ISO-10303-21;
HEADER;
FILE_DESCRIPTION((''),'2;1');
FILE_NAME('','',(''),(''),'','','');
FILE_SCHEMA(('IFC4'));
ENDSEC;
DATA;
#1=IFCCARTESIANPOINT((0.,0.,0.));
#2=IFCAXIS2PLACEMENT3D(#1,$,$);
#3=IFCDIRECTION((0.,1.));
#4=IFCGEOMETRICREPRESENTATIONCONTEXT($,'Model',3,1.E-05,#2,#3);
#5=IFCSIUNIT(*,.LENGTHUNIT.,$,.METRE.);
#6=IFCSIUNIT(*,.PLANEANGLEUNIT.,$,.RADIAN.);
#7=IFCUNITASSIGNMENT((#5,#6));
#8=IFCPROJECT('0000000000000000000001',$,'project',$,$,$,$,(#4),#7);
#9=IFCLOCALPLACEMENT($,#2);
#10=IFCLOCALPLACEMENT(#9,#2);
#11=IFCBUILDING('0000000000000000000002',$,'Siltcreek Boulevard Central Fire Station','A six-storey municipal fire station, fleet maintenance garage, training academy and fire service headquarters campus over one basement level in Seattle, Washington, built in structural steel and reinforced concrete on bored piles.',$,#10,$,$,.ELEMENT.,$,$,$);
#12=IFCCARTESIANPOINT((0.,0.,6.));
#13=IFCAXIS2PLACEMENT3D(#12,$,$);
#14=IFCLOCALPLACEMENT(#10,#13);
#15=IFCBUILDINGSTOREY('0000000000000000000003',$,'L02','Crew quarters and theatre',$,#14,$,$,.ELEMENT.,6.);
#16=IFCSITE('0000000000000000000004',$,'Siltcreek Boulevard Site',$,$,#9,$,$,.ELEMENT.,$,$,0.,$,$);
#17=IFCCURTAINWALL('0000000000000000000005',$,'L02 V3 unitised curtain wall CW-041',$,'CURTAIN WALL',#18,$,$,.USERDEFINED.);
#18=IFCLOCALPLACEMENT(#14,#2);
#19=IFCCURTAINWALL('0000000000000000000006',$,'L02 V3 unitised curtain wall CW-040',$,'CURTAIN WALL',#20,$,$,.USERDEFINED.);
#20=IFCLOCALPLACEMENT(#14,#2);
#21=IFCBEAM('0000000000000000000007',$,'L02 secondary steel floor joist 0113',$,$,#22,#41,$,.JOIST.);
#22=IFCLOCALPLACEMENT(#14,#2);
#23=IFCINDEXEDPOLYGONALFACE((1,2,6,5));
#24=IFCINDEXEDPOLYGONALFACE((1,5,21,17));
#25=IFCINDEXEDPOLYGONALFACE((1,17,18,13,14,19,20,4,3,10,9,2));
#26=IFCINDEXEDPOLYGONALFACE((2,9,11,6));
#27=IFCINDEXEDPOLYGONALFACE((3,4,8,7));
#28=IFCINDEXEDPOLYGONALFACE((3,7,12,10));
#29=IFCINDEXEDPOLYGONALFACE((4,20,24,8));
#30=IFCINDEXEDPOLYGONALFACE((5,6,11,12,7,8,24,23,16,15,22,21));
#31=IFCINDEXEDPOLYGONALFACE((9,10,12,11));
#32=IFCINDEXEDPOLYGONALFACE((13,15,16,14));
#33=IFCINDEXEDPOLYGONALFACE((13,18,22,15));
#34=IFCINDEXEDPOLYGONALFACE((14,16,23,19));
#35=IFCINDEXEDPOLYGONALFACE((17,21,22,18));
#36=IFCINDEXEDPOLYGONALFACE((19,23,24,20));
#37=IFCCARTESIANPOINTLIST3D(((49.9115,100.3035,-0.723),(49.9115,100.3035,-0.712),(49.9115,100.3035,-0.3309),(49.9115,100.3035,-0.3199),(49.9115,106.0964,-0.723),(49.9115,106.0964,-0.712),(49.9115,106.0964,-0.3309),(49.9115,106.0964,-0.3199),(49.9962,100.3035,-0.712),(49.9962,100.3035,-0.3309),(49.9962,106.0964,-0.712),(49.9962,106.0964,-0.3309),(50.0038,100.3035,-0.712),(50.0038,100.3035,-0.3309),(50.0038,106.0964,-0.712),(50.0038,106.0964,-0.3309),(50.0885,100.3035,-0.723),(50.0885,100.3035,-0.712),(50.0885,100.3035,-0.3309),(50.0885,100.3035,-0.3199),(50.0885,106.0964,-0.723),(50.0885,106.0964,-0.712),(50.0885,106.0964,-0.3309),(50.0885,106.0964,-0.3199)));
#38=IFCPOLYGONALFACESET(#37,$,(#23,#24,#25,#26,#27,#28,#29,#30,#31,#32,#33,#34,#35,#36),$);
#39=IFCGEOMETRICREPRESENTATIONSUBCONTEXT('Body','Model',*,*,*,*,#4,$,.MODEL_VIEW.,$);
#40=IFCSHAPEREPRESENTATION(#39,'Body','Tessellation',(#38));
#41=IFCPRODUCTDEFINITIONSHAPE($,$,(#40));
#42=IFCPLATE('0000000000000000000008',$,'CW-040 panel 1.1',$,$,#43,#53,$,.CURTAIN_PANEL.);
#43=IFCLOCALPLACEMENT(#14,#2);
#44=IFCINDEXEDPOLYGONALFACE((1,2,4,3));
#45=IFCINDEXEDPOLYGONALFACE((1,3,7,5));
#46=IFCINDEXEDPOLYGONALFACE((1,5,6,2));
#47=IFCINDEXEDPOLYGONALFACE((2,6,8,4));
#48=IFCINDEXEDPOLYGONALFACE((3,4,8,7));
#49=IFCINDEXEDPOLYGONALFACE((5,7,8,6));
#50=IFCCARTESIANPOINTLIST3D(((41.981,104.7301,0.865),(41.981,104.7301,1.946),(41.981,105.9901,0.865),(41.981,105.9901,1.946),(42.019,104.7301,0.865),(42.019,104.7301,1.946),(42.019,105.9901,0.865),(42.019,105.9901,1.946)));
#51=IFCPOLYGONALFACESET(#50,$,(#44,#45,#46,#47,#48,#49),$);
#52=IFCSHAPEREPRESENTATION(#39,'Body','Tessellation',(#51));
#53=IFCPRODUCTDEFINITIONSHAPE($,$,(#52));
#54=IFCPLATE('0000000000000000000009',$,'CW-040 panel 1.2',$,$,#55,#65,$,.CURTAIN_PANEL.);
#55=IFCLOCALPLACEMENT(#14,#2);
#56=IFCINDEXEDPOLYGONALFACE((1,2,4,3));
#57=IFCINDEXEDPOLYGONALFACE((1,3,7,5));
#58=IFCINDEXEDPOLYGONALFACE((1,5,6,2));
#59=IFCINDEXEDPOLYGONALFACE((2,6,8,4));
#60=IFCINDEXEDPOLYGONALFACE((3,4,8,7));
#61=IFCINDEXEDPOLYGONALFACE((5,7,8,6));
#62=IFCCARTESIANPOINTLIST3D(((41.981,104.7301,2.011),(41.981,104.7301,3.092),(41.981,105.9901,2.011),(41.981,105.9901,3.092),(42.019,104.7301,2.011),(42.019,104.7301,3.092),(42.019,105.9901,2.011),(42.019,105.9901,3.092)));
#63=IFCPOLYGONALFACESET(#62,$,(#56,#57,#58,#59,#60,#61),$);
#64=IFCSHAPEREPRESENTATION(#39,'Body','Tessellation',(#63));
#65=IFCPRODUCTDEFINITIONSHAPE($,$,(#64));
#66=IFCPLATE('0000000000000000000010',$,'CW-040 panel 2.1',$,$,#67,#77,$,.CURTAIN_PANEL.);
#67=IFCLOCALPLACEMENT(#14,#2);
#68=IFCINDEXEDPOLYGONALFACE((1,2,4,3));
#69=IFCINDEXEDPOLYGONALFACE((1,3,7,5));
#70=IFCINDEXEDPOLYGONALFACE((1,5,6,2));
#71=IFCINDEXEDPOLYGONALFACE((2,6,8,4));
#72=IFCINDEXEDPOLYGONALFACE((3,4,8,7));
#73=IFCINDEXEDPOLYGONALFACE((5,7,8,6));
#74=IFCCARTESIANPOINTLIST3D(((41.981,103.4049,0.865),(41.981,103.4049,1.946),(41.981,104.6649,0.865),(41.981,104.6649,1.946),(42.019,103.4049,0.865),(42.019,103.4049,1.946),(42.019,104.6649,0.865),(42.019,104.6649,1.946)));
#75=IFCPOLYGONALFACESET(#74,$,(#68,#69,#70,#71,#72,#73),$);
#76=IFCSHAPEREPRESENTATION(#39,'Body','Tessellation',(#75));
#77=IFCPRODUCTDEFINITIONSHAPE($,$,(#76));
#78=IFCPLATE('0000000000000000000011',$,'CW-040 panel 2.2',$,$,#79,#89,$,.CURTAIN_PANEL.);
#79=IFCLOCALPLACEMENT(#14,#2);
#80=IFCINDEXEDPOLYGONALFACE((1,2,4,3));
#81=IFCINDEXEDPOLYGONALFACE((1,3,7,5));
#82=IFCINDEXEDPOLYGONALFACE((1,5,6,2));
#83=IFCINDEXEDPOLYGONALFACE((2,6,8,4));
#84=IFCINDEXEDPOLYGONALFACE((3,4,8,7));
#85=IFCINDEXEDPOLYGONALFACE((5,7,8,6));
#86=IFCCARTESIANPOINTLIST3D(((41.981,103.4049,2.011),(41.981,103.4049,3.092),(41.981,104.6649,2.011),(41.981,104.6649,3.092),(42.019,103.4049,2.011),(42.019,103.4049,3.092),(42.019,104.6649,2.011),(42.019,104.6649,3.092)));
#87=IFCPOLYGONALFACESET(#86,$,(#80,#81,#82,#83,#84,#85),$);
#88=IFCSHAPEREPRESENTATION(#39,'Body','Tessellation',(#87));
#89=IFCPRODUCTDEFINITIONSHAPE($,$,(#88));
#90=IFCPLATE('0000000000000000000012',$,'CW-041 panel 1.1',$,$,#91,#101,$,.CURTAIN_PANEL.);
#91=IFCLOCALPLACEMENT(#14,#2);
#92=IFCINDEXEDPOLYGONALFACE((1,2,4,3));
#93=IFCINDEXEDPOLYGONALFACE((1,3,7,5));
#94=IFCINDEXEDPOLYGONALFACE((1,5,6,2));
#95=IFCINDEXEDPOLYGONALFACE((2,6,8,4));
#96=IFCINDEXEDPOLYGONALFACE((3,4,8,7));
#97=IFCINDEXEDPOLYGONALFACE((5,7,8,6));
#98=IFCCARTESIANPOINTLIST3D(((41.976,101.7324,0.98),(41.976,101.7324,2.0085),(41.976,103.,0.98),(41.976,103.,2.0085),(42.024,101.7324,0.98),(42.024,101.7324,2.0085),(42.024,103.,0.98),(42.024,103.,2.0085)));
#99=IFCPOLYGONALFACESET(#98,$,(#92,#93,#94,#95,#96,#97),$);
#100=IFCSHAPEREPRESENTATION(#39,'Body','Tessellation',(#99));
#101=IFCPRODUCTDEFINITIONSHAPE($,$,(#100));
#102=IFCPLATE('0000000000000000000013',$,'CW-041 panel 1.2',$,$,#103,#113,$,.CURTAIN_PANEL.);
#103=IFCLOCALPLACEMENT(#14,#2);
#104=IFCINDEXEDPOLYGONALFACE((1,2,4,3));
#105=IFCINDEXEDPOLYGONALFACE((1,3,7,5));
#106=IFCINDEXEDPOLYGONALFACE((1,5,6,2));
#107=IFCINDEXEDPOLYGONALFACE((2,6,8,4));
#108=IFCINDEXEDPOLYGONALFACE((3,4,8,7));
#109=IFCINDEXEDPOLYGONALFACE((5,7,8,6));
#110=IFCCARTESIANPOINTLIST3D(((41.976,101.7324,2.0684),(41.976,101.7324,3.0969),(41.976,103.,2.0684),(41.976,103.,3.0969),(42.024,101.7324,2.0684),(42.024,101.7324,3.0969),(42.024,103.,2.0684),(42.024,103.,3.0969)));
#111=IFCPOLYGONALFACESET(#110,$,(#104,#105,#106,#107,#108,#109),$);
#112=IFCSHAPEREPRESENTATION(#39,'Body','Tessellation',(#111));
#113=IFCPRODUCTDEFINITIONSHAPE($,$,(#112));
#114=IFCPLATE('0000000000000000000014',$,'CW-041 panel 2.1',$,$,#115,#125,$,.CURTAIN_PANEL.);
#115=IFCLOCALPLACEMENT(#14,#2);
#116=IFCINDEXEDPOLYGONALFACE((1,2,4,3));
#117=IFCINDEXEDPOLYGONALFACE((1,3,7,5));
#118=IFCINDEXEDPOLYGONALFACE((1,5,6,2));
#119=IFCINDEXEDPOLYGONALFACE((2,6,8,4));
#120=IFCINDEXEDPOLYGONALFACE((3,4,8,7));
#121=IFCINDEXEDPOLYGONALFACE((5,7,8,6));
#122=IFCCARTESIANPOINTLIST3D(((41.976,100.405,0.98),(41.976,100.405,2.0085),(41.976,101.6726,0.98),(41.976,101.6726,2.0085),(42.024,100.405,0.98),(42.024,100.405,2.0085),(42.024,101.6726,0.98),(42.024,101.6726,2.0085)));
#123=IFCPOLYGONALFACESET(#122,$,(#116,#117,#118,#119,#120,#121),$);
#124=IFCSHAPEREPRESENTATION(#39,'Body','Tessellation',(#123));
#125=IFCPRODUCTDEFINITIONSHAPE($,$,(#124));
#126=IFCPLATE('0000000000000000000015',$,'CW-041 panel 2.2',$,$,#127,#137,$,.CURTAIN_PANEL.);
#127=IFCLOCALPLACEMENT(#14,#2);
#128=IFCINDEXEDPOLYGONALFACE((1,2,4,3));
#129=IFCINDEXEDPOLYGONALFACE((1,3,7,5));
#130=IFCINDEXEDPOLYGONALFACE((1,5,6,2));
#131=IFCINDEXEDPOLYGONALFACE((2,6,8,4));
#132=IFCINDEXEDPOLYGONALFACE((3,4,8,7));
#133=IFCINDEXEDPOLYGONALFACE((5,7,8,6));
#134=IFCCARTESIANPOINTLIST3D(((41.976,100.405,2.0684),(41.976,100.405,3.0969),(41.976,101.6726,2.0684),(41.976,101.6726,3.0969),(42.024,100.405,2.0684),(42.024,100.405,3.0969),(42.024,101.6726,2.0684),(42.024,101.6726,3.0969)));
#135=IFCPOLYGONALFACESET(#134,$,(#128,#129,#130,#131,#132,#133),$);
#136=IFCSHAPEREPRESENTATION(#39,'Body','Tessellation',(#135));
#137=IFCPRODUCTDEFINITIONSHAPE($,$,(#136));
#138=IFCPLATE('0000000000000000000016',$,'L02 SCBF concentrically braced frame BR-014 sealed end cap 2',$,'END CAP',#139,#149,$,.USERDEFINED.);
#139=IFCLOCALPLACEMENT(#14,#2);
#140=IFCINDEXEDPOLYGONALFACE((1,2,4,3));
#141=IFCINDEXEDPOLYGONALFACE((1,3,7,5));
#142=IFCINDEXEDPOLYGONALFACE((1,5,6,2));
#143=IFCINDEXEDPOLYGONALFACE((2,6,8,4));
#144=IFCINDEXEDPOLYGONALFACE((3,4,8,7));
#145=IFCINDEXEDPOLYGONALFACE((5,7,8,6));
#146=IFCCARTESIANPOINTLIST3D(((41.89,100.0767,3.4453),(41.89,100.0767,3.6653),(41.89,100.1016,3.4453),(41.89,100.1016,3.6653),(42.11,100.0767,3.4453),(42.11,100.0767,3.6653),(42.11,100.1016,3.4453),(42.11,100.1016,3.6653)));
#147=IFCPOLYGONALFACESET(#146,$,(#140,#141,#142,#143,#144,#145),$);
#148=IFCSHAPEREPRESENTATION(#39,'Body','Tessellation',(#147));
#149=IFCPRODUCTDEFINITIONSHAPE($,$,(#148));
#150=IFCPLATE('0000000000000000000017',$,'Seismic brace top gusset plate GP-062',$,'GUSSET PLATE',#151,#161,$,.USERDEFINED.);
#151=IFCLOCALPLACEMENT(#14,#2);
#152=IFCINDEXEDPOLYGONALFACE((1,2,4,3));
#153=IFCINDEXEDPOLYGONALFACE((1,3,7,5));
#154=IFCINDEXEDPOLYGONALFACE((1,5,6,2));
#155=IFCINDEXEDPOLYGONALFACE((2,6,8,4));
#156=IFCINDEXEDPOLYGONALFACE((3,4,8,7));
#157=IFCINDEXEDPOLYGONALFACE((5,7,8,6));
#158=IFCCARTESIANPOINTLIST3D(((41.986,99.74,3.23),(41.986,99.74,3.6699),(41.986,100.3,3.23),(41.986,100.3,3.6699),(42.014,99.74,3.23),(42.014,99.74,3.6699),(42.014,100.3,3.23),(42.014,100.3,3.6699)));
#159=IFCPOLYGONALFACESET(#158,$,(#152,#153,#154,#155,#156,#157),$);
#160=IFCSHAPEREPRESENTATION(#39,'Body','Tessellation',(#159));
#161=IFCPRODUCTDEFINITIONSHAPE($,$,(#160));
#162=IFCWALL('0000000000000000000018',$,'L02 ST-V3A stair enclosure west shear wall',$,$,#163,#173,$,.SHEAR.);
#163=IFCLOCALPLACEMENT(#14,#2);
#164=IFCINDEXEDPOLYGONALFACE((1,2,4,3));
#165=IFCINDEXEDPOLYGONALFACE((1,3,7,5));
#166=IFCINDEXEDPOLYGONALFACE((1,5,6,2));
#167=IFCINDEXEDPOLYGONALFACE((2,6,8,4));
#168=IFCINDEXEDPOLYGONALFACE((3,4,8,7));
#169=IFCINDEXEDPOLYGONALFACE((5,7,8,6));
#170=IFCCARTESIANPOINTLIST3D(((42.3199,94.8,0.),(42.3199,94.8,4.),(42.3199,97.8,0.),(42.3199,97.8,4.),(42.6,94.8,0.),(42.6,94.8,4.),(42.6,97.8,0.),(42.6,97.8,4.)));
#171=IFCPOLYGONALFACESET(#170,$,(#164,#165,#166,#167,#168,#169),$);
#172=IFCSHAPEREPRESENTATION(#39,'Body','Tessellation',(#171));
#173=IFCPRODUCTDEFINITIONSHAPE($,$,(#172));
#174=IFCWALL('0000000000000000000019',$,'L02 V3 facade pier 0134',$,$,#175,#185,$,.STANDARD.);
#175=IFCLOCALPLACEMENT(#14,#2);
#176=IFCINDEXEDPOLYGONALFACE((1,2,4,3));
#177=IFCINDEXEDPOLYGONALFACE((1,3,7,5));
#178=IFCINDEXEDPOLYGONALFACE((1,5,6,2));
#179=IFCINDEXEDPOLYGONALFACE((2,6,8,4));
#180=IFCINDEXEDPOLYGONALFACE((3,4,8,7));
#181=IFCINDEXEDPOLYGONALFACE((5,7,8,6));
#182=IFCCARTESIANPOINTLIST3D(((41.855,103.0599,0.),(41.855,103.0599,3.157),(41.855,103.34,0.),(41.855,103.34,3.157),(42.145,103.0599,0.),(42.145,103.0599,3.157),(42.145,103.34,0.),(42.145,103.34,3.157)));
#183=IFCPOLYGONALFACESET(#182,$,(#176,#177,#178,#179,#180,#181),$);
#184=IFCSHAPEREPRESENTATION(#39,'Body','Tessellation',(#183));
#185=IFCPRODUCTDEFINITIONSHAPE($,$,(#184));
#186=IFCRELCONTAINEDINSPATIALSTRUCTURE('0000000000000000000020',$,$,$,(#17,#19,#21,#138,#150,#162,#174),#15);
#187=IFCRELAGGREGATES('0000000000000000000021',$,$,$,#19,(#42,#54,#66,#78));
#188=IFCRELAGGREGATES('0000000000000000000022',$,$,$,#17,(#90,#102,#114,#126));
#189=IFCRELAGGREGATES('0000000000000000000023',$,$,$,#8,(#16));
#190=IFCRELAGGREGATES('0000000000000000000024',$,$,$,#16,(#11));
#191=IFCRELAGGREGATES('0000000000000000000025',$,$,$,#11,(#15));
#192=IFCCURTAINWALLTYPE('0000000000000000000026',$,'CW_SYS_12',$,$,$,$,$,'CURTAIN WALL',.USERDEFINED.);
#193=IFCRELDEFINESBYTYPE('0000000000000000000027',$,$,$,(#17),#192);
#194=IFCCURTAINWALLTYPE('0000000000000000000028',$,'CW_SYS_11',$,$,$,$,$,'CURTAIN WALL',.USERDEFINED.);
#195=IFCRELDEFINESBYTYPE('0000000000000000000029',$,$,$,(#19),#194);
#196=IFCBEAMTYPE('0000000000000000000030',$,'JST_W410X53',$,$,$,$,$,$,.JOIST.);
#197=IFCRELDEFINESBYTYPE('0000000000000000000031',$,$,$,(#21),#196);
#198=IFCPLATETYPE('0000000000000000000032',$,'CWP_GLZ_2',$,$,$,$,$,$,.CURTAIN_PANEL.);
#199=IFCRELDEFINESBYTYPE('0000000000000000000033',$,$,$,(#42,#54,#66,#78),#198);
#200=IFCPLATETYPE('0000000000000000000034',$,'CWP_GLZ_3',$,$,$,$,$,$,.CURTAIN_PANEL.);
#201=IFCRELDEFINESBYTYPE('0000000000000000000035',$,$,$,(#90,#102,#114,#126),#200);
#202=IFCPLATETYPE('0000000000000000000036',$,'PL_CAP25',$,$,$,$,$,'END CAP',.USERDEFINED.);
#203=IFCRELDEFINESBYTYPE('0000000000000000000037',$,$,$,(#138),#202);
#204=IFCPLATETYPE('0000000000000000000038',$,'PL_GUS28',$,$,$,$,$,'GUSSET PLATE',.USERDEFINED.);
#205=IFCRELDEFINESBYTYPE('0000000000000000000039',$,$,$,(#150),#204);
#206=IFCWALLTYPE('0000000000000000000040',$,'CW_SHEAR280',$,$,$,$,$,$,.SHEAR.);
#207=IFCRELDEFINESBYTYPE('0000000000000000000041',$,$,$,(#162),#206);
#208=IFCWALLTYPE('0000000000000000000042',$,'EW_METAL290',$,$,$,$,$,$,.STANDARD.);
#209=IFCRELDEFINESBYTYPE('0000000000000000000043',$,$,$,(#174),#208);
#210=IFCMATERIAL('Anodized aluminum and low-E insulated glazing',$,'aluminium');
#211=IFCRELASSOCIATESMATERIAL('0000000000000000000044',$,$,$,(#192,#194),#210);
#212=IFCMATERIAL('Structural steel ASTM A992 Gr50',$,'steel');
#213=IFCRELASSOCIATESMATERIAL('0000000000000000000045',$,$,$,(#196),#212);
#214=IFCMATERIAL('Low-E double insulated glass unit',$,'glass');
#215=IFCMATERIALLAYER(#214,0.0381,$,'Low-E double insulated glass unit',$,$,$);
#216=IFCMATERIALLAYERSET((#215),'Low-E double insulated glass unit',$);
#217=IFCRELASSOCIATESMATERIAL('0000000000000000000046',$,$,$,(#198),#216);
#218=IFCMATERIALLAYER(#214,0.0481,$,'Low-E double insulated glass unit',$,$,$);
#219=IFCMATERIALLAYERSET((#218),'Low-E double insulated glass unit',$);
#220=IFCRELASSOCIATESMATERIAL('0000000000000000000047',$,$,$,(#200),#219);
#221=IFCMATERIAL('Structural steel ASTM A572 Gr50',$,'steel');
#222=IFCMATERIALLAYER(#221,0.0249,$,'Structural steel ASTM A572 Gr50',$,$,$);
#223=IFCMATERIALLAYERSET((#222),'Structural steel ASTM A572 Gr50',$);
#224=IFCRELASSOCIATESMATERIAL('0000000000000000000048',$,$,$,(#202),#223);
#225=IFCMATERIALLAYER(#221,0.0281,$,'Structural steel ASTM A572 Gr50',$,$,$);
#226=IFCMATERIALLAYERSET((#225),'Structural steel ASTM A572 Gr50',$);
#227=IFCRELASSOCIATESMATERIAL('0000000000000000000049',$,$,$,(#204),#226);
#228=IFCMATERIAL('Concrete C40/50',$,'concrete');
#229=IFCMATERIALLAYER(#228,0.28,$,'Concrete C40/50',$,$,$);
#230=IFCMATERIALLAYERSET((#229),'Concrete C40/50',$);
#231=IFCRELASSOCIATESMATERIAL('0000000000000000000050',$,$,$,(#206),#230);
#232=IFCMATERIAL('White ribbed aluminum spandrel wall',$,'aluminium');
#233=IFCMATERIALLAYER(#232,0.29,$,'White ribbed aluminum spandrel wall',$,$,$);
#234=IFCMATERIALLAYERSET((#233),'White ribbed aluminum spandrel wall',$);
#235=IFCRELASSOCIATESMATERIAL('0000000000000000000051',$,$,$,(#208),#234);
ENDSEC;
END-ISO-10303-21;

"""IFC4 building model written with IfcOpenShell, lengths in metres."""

from ifc_helpers import new_model, si_unit, direction, frame, frame_2d, origin, origin_2d, place, context, subcontext, project, spatial, rectangle, i_section, extrude, material, layer, layer_set, material_profile, profile_set, type_object, element, aggregate, save


model = new_model("IFC4")

# Units and contexts
model_context = context("Model", 3, precision=1e-05, world=origin(), true_north=direction((0.0, 1.0)))
body_context = subcontext(model_context, "Body", "Model", "MODEL_VIEW")
ifc_project = project(units=[si_unit("LENGTHUNIT", "METRE"), si_unit("PLANEANGLEUNIT", "RADIAN")], contexts=[model_context])

# Site, building, storey
site_placement = place(None, origin())
site = spatial("IfcSite", under=ifc_project, at=site_placement, Name="Siltcreek Boulevard Site", CompositionType="ELEMENT", RefElevation=0.0)
building_placement = place(site_placement, origin())
building = spatial("IfcBuilding", under=site, at=building_placement, Name="Siltcreek Boulevard Central Fire Station", Description="A six-storey municipal fire station, fleet maintenance garage, training academy and fire service headquarters campus over one basement level in Seattle, Washington, built in structural steel and reinforced concrete on bored piles.", CompositionType="ELEMENT")
storey_placement = place(building_placement, frame((0.0, 0.0, 6.0)))
storey = spatial("IfcBuildingStorey", under=building, at=storey_placement, Name="L02", Description="Crew quarters and theatre", CompositionType="ELEMENT", Elevation=6.0)

# Shared definitions
ifc_material_1 = material(Name="Structural steel ASTM A992 Gr50", Category="steel")

# Curtain walls
ifc_material_2 = material(Name="Anodized aluminum and low-E insulated glazing", Category="aluminium")
curtain_wall_type_1 = type_object("IfcCurtainWallType", Name="CW_SYS_12", ElementType="CURTAIN WALL", PredefinedType="USERDEFINED", material=ifc_material_2)
curtain_wall_1_placement = place(storey_placement, origin())
curtain_wall_1 = element("IfcCurtainWall", 1, at=curtain_wall_1_placement, inside=storey, type_object=curtain_wall_type_1, Name="L02 V3 unitised curtain wall CW-041", ObjectType="CURTAIN WALL", PredefinedType="USERDEFINED")
curtain_wall_type_2 = type_object("IfcCurtainWallType", Name="CW_SYS_11", ElementType="CURTAIN WALL", PredefinedType="USERDEFINED", material=ifc_material_2)
curtain_wall_2_placement = place(storey_placement, origin())
curtain_wall_2 = element("IfcCurtainWall", 2, at=curtain_wall_2_placement, inside=storey, type_object=curtain_wall_type_2, Name="L02 V3 unitised curtain wall CW-040", ObjectType="CURTAIN WALL", PredefinedType="USERDEFINED")

# Beam
ifc_material_profile_1 = material_profile(ifc_material_1, i_section(OverallWidth=0.177, OverallDepth=0.4031, WebThickness=0.0076, FlangeThickness=0.011, at=origin_2d()), Name="W410X53")
ifc_profile_set_1 = profile_set([ifc_material_profile_1], Name="Structural steel ASTM A992 Gr50")
beam_type_1 = type_object("IfcBeamType", Name="JST_W410X53", PredefinedType="JOIST", material=ifc_profile_set_1)
beam_1_placement = place(storey_placement, frame((50.0, 100.3035, -0.5215), z_axis=(0.0, 1.0, 0.0), x_axis=(-1.0, 0.0, 0.0)))
element("IfcBeam", 3, at=beam_1_placement, inside=storey, type_object=beam_type_1, Name="L02 secondary steel floor joist 0113", PredefinedType="JOIST", context=body_context, shape_type="SweptSolid", body=[
    extrude(i_section(OverallWidth=0.177, OverallDepth=0.4031, WebThickness=0.0076, FlangeThickness=0.011, at=origin_2d()), origin(), (0.0, 0.0, 1.0), 5.793),
])

# Plates
ifc_material_3 = material(Name="Low-E double insulated glass unit", Category="glass")
ifc_layer_1 = layer(ifc_material_3, 0.0381, Name="Low-E double insulated glass unit")
ifc_layer_set_1 = layer_set([ifc_layer_1], Name="Low-E double insulated glass unit")
plate_type_1 = type_object("IfcPlateType", Name="CWP_GLZ_2", PredefinedType="CURTAIN_PANEL", material=ifc_layer_set_1)
plate_1_placement = place(storey_placement, frame((42.0, 105.3601, 0.865), z_axis=(0.0, 0.0, 1.0), x_axis=(0.0, -1.0, 0.0)))
plate_1 = element("IfcPlate", 4, at=plate_1_placement, type_object=plate_type_1, Name="CW-040 panel 1.1", PredefinedType="CURTAIN_PANEL", context=body_context, shape_type="SweptSolid", body=[
    extrude(rectangle(XDim=1.26, YDim=0.0381, at=origin_2d()), origin(), (0.0, 0.0, 1.0), 1.0811),
])
plate_2_placement = place(storey_placement, frame((42.0, 105.3601, 2.011), z_axis=(0.0, 0.0, 1.0), x_axis=(0.0, -1.0, 0.0)))
plate_2 = element("IfcPlate", 5, at=plate_2_placement, type_object=plate_type_1, Name="CW-040 panel 1.2", PredefinedType="CURTAIN_PANEL", context=body_context, shape_type="SweptSolid", body=[
    extrude(rectangle(XDim=1.26, YDim=0.0381, at=origin_2d()), origin(), (0.0, 0.0, 1.0), 1.0811),
])
plate_3_placement = place(storey_placement, frame((42.0, 104.0349, 0.865), z_axis=(0.0, 0.0, 1.0), x_axis=(0.0, -1.0, 0.0)))
plate_3 = element("IfcPlate", 6, at=plate_3_placement, type_object=plate_type_1, Name="CW-040 panel 2.1", PredefinedType="CURTAIN_PANEL", context=body_context, shape_type="SweptSolid", body=[
    extrude(rectangle(XDim=1.26, YDim=0.0381, at=origin_2d()), origin(), (0.0, 0.0, 1.0), 1.0811),
])
plate_4_placement = place(storey_placement, frame((42.0, 104.0349, 2.011), z_axis=(0.0, 0.0, 1.0), x_axis=(0.0, -1.0, 0.0)))
plate_4 = element("IfcPlate", 7, at=plate_4_placement, type_object=plate_type_1, Name="CW-040 panel 2.2", PredefinedType="CURTAIN_PANEL", context=body_context, shape_type="SweptSolid", body=[
    extrude(rectangle(XDim=1.26, YDim=0.0381, at=origin_2d()), origin(), (0.0, 0.0, 1.0), 1.0811),
])
aggregate(curtain_wall_2, [plate_1, plate_2, plate_3, plate_4])
ifc_layer_2 = layer(ifc_material_3, 0.0481, Name="Low-E double insulated glass unit")
ifc_layer_set_2 = layer_set([ifc_layer_2], Name="Low-E double insulated glass unit")
plate_type_2 = type_object("IfcPlateType", Name="CWP_GLZ_3", PredefinedType="CURTAIN_PANEL", material=ifc_layer_set_2)
plate_5_placement = place(storey_placement, frame((42.0, 102.3662, 0.98), z_axis=(0.0, 0.0, 1.0), x_axis=(0.0, -1.0, 0.0)))
plate_5 = element("IfcPlate", 8, at=plate_5_placement, type_object=plate_type_2, Name="CW-041 panel 1.1", PredefinedType="CURTAIN_PANEL", context=body_context, shape_type="SweptSolid", body=[
    extrude(rectangle(XDim=1.2676, YDim=0.0481, at=origin_2d()), origin(), (0.0, 0.0, 1.0), 1.0286),
])
plate_6_placement = place(storey_placement, frame((42.0, 102.3662, 2.0684), z_axis=(0.0, 0.0, 1.0), x_axis=(0.0, -1.0, 0.0)))
plate_6 = element("IfcPlate", 9, at=plate_6_placement, type_object=plate_type_2, Name="CW-041 panel 1.2", PredefinedType="CURTAIN_PANEL", context=body_context, shape_type="SweptSolid", body=[
    extrude(rectangle(XDim=1.2676, YDim=0.0481, at=origin_2d()), origin(), (0.0, 0.0, 1.0), 1.0286),
])
plate_7_placement = place(storey_placement, frame((42.0, 101.0388, 0.98), z_axis=(0.0, 0.0, 1.0), x_axis=(0.0, -1.0, 0.0)))
plate_7 = element("IfcPlate", 10, at=plate_7_placement, type_object=plate_type_2, Name="CW-041 panel 2.1", PredefinedType="CURTAIN_PANEL", context=body_context, shape_type="SweptSolid", body=[
    extrude(rectangle(XDim=1.2676, YDim=0.0481, at=origin_2d()), origin(), (0.0, 0.0, 1.0), 1.0286),
])
plate_8_placement = place(storey_placement, frame((42.0, 101.0388, 2.0684), z_axis=(0.0, 0.0, 1.0), x_axis=(0.0, -1.0, 0.0)))
plate_8 = element("IfcPlate", 11, at=plate_8_placement, type_object=plate_type_2, Name="CW-041 panel 2.2", PredefinedType="CURTAIN_PANEL", context=body_context, shape_type="SweptSolid", body=[
    extrude(rectangle(XDim=1.2676, YDim=0.0481, at=origin_2d()), origin(), (0.0, 0.0, 1.0), 1.0286),
])
aggregate(curtain_wall_1, [plate_5, plate_6, plate_7, plate_8])

# Plates
ifc_material_4 = material(Name="Structural steel ASTM A572 Gr50", Category="steel")
ifc_layer_3 = layer(ifc_material_4, 0.0249, Name="Structural steel ASTM A572 Gr50")
ifc_layer_set_3 = layer_set([ifc_layer_3], Name="Structural steel ASTM A572 Gr50")
plate_type_3 = type_object("IfcPlateType", Name="PL_CAP25", ElementType="END CAP", PredefinedType="USERDEFINED", material=ifc_layer_set_3)
plate_9_placement = place(storey_placement, frame((42.0, 100.0891, 3.4453), z_axis=(0.0, 0.0, 1.0), x_axis=(0.0, 1.0, 0.0)))
element("IfcPlate", 12, at=plate_9_placement, inside=storey, type_object=plate_type_3, Name="L02 SCBF concentrically braced frame BR-014 sealed end cap 2", ObjectType="END CAP", PredefinedType="USERDEFINED", context=body_context, shape_type="SweptSolid", body=[
    extrude(rectangle(XDim=0.0249, YDim=0.22, at=origin_2d()), origin(), (0.0, 0.0, 1.0), 0.22),
])
ifc_layer_4 = layer(ifc_material_4, 0.0281, Name="Structural steel ASTM A572 Gr50")
ifc_layer_set_4 = layer_set([ifc_layer_4], Name="Structural steel ASTM A572 Gr50")
plate_type_4 = type_object("IfcPlateType", Name="PL_GUS28", ElementType="GUSSET PLATE", PredefinedType="USERDEFINED", material=ifc_layer_set_4)
plate_10_placement = place(storey_placement, frame((42.0, 100.02, 3.23), z_axis=(0.0, 0.0, 1.0), x_axis=(0.0, 1.0, 0.0)))
element("IfcPlate", 13, at=plate_10_placement, inside=storey, type_object=plate_type_4, Name="Seismic brace top gusset plate GP-062", ObjectType="GUSSET PLATE", PredefinedType="USERDEFINED", context=body_context, shape_type="SweptSolid", body=[
    extrude(rectangle(XDim=0.5601, YDim=0.0281, at=origin_2d()), origin(), (0.0, 0.0, 1.0), 0.4399),
])

# Walls
ifc_material_5 = material(Name="Concrete C40/50", Category="concrete")
ifc_layer_5 = layer(ifc_material_5, 0.28, Name="Concrete C40/50")
ifc_layer_set_5 = layer_set([ifc_layer_5], Name="Concrete C40/50")
wall_type_1 = type_object("IfcWallType", Name="CW_SHEAR280", PredefinedType="SHEAR", material=ifc_layer_set_5)
wall_1_placement = place(storey_placement, frame((42.46, 97.8, 0.0), z_axis=(0.0, 0.0, 1.0), x_axis=(0.0, -1.0, 0.0)))
element("IfcWall", 14, at=wall_1_placement, inside=storey, type_object=wall_type_1, Name="L02 ST-V3A stair enclosure west shear wall", PredefinedType="SHEAR", context=body_context, shape_type="SweptSolid", body=[
    extrude(rectangle(XDim=3.0, YDim=0.28, at=frame_2d((1.5, 0.0))), origin(), (0.0, 0.0, 1.0), 4.0),
])
ifc_material_6 = material(Name="White ribbed aluminum spandrel wall", Category="aluminium")
ifc_layer_6 = layer(ifc_material_6, 0.29, Name="White ribbed aluminum spandrel wall")
ifc_layer_set_6 = layer_set([ifc_layer_6], Name="White ribbed aluminum spandrel wall")
wall_type_2 = type_object("IfcWallType", Name="EW_METAL290", PredefinedType="STANDARD", material=ifc_layer_set_6)
wall_2_placement = place(storey_placement, frame((42.0, 103.3401, 0.0), z_axis=(0.0, 0.0, 1.0), x_axis=(0.0, -1.0, 0.0)))
element("IfcWall", 15, at=wall_2_placement, inside=storey, type_object=wall_type_2, Name="L02 V3 facade pier 0134", PredefinedType="STANDARD", context=body_context, shape_type="SweptSolid", body=[
    extrude(rectangle(XDim=0.28, YDim=0.29, at=frame_2d((0.1401, 0.0))), origin(), (0.0, 0.0, 1.0), 3.157),
])

save(model, "model.ifc")
